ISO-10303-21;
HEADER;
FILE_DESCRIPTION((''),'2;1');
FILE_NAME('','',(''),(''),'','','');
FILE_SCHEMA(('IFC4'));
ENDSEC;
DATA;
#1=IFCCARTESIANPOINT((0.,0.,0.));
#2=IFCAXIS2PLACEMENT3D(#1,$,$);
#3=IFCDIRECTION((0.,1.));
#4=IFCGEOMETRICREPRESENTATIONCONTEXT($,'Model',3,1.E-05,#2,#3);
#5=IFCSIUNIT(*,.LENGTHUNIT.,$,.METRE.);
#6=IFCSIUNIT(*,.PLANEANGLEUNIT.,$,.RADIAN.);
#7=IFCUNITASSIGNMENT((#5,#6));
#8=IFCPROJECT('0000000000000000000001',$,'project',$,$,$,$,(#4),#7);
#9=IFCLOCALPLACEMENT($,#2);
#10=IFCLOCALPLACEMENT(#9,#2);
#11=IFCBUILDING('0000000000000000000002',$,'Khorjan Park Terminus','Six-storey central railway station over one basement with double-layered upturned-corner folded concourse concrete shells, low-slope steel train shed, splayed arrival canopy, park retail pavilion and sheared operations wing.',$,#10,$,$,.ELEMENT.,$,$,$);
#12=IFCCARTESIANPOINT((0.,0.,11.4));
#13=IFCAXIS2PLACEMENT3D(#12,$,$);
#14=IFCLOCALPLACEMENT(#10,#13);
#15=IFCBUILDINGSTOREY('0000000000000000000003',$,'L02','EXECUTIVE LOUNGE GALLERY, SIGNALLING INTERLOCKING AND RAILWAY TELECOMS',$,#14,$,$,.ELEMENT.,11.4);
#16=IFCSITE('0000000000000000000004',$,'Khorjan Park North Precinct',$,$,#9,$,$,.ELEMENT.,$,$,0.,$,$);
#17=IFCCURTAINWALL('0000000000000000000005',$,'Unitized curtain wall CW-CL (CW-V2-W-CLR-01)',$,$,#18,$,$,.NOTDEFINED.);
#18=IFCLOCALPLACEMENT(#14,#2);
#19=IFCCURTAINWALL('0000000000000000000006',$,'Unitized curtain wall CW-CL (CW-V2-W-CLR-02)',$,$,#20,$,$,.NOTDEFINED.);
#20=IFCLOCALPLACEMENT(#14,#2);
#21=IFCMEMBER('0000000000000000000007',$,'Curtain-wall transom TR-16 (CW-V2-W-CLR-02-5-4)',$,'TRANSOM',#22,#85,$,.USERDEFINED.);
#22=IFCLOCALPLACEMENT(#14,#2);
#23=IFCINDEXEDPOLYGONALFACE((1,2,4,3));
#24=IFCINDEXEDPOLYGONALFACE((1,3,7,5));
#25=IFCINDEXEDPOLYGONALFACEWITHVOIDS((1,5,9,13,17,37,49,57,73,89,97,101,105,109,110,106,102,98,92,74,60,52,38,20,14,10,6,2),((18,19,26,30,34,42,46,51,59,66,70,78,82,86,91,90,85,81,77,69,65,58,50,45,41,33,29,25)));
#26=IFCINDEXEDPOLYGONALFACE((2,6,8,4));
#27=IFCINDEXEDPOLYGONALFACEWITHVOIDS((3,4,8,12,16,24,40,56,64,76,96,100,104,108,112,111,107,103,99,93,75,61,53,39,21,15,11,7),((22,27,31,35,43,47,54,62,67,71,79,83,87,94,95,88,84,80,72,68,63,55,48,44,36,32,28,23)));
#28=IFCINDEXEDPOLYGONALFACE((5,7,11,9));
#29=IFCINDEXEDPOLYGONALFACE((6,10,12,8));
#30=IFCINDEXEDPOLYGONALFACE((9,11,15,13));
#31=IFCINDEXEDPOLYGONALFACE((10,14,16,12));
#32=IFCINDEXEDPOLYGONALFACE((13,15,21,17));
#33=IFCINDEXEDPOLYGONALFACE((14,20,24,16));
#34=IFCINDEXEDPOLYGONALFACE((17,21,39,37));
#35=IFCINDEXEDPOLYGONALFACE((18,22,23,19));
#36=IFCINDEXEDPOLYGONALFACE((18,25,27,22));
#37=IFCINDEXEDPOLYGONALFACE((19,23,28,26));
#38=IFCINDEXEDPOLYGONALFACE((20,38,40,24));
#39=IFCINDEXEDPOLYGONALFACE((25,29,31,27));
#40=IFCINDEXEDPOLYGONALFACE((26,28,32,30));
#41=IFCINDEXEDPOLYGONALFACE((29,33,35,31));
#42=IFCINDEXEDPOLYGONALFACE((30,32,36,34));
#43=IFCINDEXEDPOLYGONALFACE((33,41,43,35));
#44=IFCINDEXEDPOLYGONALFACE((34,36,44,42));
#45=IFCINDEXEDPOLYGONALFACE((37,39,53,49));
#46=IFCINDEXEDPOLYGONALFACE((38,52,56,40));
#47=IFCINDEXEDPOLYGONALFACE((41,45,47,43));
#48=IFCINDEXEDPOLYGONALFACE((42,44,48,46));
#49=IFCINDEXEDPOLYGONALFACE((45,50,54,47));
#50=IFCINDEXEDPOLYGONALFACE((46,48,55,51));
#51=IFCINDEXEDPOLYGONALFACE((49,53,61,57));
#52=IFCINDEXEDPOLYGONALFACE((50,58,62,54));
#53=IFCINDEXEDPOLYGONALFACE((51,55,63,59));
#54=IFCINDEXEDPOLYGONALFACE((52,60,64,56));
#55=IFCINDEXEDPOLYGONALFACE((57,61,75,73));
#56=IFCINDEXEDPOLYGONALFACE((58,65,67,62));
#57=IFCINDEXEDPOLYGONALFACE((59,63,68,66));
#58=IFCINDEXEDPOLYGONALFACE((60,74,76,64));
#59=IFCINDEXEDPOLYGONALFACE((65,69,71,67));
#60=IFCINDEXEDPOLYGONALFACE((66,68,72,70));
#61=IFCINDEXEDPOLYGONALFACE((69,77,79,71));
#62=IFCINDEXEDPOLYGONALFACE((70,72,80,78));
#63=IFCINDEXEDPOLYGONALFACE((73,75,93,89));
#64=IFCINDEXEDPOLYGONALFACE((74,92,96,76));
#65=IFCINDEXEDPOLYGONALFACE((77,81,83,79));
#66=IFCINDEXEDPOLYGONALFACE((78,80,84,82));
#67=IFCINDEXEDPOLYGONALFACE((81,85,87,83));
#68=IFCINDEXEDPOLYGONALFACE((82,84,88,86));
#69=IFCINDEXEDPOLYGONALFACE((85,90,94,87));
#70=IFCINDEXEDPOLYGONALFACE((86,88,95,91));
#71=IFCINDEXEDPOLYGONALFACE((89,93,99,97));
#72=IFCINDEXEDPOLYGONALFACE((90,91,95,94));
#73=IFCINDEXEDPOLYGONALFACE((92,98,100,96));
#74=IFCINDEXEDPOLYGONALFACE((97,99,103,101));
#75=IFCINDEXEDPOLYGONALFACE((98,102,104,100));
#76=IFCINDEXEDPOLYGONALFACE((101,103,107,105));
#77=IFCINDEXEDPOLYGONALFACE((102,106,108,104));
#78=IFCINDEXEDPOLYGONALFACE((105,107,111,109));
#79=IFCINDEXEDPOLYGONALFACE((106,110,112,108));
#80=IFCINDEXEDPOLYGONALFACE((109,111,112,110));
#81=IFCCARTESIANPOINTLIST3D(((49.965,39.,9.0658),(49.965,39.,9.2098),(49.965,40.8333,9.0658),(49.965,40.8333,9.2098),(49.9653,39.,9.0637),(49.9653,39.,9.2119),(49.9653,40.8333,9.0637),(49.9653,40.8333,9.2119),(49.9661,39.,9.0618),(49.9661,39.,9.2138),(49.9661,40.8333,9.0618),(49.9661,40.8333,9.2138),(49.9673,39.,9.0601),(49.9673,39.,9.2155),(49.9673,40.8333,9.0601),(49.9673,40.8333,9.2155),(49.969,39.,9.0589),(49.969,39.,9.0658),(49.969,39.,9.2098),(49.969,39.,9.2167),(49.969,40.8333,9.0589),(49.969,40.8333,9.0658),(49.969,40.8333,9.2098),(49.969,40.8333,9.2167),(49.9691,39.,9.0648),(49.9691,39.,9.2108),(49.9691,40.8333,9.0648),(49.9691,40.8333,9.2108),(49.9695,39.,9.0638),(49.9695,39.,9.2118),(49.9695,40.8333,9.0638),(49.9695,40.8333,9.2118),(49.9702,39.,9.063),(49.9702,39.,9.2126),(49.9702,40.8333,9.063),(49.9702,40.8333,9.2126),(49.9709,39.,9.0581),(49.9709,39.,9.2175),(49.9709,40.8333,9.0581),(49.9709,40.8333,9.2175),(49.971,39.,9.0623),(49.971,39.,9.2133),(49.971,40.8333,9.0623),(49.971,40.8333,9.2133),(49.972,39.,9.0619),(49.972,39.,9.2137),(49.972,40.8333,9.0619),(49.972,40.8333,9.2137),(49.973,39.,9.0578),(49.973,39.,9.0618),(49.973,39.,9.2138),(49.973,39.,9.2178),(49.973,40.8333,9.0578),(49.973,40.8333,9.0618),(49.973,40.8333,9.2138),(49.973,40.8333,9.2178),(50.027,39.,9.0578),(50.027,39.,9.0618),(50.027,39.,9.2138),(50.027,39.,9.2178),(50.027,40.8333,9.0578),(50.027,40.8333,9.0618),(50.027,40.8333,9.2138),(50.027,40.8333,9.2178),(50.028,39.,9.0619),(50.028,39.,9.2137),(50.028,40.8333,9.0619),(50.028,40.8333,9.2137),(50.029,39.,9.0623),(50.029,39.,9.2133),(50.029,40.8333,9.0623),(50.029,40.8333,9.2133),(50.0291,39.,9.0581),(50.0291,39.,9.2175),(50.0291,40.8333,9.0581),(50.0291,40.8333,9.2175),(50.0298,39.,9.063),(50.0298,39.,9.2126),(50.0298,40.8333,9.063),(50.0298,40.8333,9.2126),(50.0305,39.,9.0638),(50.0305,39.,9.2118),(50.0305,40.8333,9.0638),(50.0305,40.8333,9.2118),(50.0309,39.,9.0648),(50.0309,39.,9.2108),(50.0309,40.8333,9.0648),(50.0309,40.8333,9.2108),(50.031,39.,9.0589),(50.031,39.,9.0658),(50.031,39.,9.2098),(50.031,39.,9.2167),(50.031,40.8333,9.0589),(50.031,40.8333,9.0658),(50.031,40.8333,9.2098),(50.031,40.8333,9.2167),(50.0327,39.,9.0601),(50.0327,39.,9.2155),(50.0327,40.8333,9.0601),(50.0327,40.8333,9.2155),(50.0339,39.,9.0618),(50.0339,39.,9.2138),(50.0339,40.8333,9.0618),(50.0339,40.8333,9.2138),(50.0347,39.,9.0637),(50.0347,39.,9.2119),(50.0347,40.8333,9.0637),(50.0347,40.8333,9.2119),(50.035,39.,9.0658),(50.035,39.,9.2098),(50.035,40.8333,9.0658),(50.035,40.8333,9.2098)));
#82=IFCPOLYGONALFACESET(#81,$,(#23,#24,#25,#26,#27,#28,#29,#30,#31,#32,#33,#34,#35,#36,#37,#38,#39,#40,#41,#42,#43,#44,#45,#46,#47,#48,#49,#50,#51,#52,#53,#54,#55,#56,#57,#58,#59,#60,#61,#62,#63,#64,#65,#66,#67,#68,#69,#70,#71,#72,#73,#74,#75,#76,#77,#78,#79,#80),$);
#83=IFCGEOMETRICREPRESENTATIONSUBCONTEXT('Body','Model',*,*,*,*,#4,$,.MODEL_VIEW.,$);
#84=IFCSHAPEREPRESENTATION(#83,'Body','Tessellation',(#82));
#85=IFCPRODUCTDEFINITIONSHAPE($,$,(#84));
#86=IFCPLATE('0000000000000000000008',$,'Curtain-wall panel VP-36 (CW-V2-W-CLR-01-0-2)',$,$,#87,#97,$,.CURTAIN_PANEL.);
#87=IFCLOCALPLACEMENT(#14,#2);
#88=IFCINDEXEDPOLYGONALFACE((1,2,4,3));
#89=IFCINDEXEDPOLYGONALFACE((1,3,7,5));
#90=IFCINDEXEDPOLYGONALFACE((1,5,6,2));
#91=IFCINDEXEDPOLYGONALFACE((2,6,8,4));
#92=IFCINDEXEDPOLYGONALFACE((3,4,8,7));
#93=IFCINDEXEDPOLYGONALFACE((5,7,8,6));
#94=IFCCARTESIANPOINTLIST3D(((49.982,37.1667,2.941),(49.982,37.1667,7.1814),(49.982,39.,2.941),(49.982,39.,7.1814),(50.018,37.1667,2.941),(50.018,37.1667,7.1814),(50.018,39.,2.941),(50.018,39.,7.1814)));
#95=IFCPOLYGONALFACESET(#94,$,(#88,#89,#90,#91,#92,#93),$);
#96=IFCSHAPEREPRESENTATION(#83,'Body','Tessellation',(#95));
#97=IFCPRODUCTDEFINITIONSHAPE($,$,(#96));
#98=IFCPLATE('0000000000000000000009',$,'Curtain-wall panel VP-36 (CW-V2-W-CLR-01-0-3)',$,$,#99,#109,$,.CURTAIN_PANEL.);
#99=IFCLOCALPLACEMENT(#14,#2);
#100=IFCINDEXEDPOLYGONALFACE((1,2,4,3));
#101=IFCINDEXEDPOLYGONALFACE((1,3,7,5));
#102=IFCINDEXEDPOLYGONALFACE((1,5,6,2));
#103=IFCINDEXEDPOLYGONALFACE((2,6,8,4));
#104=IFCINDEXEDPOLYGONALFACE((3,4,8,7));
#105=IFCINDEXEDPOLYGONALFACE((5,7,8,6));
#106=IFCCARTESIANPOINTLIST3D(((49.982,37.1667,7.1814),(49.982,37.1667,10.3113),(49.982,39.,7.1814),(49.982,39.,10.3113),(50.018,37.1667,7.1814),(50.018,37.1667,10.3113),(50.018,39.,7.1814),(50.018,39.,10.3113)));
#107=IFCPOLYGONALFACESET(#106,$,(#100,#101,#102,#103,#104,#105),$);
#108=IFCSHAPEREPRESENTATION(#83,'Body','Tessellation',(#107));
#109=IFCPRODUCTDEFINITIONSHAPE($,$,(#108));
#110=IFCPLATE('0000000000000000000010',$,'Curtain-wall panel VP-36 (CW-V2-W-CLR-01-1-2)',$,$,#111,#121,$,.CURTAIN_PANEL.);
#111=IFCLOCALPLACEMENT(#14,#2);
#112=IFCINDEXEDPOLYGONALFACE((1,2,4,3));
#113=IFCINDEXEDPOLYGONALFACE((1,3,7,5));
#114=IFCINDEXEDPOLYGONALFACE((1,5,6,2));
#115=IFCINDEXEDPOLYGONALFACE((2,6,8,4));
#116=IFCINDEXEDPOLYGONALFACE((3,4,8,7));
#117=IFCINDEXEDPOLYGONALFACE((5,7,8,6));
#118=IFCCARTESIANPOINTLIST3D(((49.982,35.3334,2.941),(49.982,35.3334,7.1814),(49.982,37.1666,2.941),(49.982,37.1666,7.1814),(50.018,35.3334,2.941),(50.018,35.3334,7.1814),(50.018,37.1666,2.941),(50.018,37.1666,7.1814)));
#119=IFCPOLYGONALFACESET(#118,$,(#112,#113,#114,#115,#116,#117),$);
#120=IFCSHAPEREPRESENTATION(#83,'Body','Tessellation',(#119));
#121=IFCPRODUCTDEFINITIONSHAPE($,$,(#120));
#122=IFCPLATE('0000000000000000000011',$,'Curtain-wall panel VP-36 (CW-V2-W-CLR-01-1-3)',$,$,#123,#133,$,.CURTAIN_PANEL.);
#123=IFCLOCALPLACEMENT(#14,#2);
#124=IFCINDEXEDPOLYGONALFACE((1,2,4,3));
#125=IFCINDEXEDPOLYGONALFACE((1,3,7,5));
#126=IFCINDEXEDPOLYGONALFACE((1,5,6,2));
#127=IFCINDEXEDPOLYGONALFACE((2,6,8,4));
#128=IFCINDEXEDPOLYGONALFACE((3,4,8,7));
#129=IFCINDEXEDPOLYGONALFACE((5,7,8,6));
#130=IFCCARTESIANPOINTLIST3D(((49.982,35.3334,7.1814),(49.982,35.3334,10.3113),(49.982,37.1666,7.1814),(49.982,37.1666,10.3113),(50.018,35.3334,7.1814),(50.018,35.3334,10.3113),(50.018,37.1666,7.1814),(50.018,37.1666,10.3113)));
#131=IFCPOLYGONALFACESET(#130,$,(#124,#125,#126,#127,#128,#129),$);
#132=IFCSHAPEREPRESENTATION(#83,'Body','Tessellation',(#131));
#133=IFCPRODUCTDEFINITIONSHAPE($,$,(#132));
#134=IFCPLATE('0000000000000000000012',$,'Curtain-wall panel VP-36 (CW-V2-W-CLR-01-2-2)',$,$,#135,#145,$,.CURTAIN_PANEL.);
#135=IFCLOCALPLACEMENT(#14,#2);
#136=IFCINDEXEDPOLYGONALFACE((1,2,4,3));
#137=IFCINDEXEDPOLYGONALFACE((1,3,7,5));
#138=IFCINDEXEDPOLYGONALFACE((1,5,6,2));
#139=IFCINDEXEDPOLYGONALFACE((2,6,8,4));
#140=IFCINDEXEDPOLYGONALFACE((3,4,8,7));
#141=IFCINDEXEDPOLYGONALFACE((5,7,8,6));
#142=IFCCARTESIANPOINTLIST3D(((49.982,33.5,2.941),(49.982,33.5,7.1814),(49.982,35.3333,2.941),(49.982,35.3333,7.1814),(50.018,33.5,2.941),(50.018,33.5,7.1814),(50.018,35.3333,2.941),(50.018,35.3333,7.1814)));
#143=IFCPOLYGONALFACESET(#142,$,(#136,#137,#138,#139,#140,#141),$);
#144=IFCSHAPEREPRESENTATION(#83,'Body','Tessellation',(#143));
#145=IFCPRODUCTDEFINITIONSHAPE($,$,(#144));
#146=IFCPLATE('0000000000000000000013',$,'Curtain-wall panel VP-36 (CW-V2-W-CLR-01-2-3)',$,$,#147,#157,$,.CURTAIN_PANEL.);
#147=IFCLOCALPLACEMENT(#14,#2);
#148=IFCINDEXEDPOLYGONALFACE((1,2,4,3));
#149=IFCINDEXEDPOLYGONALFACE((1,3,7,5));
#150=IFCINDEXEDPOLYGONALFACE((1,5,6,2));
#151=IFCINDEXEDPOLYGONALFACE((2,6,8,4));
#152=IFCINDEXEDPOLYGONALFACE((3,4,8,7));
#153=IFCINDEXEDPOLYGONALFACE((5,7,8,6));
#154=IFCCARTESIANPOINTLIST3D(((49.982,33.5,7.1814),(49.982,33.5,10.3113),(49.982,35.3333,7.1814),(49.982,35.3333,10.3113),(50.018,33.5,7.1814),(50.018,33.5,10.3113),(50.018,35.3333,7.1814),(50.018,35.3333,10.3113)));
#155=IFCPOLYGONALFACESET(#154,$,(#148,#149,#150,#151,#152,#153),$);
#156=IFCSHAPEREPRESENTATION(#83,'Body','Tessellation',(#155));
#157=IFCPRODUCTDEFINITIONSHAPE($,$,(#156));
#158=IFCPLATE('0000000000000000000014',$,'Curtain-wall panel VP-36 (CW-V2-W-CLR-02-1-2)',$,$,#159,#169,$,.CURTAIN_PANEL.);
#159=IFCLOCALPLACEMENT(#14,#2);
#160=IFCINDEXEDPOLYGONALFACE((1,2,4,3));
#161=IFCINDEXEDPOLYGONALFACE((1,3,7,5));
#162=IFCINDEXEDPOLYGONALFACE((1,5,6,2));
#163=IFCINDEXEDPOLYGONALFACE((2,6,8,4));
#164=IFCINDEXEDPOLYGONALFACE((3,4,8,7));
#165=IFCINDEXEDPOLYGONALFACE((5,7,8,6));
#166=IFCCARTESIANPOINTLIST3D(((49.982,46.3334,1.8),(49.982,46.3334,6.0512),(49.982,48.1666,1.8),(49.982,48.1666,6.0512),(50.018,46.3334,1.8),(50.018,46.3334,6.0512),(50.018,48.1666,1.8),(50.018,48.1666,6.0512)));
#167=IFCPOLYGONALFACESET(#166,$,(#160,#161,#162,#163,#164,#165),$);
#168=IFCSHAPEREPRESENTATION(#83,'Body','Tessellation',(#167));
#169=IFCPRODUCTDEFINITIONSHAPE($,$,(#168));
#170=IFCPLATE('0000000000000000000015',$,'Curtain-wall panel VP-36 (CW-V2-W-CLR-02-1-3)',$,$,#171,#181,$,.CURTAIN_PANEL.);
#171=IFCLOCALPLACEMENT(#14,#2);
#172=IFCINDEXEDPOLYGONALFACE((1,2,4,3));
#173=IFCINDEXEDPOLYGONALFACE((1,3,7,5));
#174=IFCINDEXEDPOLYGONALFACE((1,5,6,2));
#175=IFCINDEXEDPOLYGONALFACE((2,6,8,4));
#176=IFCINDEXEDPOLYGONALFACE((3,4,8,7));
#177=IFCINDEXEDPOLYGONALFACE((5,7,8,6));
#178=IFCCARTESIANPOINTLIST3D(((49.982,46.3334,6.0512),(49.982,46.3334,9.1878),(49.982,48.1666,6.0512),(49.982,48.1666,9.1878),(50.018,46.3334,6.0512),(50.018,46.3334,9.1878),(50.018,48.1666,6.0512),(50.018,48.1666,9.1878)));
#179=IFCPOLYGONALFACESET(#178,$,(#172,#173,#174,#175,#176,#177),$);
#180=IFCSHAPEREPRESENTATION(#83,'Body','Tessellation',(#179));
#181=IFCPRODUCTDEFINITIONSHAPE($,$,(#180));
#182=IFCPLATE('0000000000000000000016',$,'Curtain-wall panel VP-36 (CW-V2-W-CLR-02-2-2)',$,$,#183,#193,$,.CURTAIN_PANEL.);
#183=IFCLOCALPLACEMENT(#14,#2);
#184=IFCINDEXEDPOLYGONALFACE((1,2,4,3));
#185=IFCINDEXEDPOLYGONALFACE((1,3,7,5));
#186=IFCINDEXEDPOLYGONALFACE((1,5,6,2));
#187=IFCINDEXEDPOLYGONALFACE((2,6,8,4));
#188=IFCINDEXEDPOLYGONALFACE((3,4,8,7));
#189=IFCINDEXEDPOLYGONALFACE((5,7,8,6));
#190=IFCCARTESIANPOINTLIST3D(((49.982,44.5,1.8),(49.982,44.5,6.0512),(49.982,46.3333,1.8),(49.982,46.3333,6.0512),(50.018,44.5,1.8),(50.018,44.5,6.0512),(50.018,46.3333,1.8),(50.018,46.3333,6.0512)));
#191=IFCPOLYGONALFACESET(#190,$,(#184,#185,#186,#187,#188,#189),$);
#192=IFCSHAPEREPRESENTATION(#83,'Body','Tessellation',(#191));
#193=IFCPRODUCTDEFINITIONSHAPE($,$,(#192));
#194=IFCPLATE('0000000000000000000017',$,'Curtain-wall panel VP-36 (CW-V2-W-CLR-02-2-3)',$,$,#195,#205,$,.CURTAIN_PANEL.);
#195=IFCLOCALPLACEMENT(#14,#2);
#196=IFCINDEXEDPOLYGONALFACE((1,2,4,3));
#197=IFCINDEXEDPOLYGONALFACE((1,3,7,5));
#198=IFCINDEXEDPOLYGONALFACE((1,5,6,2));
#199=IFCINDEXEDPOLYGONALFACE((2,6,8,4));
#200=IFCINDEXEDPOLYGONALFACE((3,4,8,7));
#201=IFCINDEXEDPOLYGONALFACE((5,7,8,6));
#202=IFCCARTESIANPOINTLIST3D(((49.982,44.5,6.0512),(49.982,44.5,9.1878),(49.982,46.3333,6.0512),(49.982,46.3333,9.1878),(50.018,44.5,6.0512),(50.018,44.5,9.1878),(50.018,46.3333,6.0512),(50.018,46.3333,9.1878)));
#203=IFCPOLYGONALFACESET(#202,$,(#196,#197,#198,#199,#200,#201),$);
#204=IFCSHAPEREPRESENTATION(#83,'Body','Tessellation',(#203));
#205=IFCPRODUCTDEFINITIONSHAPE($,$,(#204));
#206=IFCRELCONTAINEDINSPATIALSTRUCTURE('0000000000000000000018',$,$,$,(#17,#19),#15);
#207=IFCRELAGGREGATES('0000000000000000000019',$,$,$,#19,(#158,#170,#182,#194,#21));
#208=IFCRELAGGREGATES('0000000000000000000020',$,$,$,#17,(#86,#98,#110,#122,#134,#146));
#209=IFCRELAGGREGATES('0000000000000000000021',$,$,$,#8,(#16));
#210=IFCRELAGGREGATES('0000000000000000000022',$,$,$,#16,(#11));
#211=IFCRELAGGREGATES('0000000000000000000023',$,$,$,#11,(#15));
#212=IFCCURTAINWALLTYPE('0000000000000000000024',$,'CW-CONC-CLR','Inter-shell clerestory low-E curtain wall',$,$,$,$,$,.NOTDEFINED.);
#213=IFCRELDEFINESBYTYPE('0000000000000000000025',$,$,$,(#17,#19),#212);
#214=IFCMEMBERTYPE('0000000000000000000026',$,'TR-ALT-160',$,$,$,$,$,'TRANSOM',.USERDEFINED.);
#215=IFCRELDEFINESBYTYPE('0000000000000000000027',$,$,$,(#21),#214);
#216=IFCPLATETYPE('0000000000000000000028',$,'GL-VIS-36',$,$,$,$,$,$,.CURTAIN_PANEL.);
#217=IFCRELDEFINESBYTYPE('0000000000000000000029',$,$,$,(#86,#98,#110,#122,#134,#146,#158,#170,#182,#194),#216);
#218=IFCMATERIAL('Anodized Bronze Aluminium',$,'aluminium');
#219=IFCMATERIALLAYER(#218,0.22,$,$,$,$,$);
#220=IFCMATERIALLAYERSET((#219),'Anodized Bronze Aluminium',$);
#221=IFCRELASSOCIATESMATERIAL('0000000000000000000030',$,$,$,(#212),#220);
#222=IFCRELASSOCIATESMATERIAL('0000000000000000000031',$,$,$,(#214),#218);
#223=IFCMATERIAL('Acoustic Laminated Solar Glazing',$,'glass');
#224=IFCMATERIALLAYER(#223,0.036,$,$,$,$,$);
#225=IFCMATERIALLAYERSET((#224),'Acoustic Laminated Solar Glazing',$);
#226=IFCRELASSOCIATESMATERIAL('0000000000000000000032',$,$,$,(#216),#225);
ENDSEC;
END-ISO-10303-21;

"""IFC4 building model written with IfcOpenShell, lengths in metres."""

from ifc_helpers import new_model, si_unit, direction, frame, origin, origin_2d, place, context, subcontext, project, spatial, rectangle, hollow_rectangle, extrude, material, layer, layer_set, material_profile, profile_set, type_object, element, aggregate, save


model = new_model("IFC4")

# Units and contexts
model_context = context("Model", 3, precision=1e-05, world=origin(), true_north=direction((0.0, 1.0)))
body_context = subcontext(model_context, "Body", "Model", "MODEL_VIEW")
ifc_project = project(units=[si_unit("LENGTHUNIT", "METRE"), si_unit("PLANEANGLEUNIT", "RADIAN")], contexts=[model_context])

# Site, building, storey
site_placement = place(None, origin())
site = spatial("IfcSite", under=ifc_project, at=site_placement, Name="Khorjan Park North Precinct", CompositionType="ELEMENT", RefElevation=0.0)
building_placement = place(site_placement, origin())
building = spatial("IfcBuilding", under=site, at=building_placement, Name="Khorjan Park Terminus", Description="Six-storey central railway station over one basement with double-layered upturned-corner folded concourse concrete shells, low-slope steel train shed, splayed arrival canopy, park retail pavilion and sheared operations wing.", CompositionType="ELEMENT")
storey_placement = place(building_placement, frame((0.0, 0.0, 11.4)))
storey = spatial("IfcBuildingStorey", under=building, at=storey_placement, Name="L02", Description="EXECUTIVE LOUNGE GALLERY, SIGNALLING INTERLOCKING AND RAILWAY TELECOMS", CompositionType="ELEMENT", Elevation=11.4)

# Curtain walls, member
ifc_material_1 = material(Name="Anodized Bronze Aluminium", Category="aluminium")
ifc_layer_1 = layer(ifc_material_1, 0.22)
ifc_layer_set_1 = layer_set([ifc_layer_1], Name="Anodized Bronze Aluminium")
curtain_wall_type = type_object("IfcCurtainWallType", Name="CW-CONC-CLR", Description="Inter-shell clerestory low-E curtain wall", PredefinedType="NOTDEFINED", material=ifc_layer_set_1)
curtain_wall_1_placement = place(storey_placement, origin())
curtain_wall_1 = element("IfcCurtainWall", 1, at=curtain_wall_1_placement, inside=storey, type_object=curtain_wall_type, Name="Unitized curtain wall CW-CL (CW-V2-W-CLR-01)", PredefinedType="NOTDEFINED")
ifc_material_profile_1 = material_profile(ifc_material_1, hollow_rectangle(XDim=0.07, YDim=0.16, WallThickness=0.004, InnerFilletRadius=0.004, OuterFilletRadius=0.008, at=origin_2d()), Name="ALT 70x160x4")
ifc_profile_set_1 = profile_set([ifc_material_profile_1], Name="Anodized Bronze Aluminium")
member_type_1 = type_object("IfcMemberType", Name="TR-ALT-160", ElementType="TRANSOM", PredefinedType="USERDEFINED", material=ifc_profile_set_1)
curtain_wall_2_placement = place(storey_placement, origin())
curtain_wall_2 = element("IfcCurtainWall", 2, at=curtain_wall_2_placement, inside=storey, type_object=curtain_wall_type, Name="Unitized curtain wall CW-CL (CW-V2-W-CLR-02)", PredefinedType="NOTDEFINED")
member_1_placement = place(storey_placement, frame((50.0, 40.8333, 9.1378), z_axis=(0.0, -1.0, 0.0), x_axis=(1.0, 0.0, 0.0)))
member_1 = element("IfcMember", 3, at=member_1_placement, type_object=member_type_1, Name="Curtain-wall transom TR-16 (CW-V2-W-CLR-02-5-4)", ObjectType="TRANSOM", PredefinedType="USERDEFINED", context=body_context, shape_type="SweptSolid", body=[
    extrude(hollow_rectangle(XDim=0.07, YDim=0.16, WallThickness=0.004, InnerFilletRadius=0.004, OuterFilletRadius=0.008, at=origin_2d()), origin(), (0.0, 0.0, 1.0), 1.8333),
])

# Plates
ifc_material_2 = material(Name="Acoustic Laminated Solar Glazing", Category="glass")
ifc_layer_2 = layer(ifc_material_2, 0.036)
ifc_layer_set_2 = layer_set([ifc_layer_2], Name="Acoustic Laminated Solar Glazing")
plate_type_1 = type_object("IfcPlateType", Name="GL-VIS-36", PredefinedType="CURTAIN_PANEL", material=ifc_layer_set_2)
plate_1_placement = place(storey_placement, frame((50.0, 38.0833, 2.941), z_axis=(0.0, 0.0, 1.0), x_axis=(0.0, -1.0, 0.0)))
plate_1 = element("IfcPlate", 4, at=plate_1_placement, type_object=plate_type_1, Name="Curtain-wall panel VP-36 (CW-V2-W-CLR-01-0-2)", PredefinedType="CURTAIN_PANEL", context=body_context, shape_type="SweptSolid", body=[
    extrude(rectangle(XDim=1.8333, YDim=0.036, at=origin_2d()), origin(), (0.0, 0.0, 1.0), 4.2404),
])
plate_2_placement = place(storey_placement, frame((50.0, 38.0833, 7.1814), z_axis=(0.0, 0.0, 1.0), x_axis=(0.0, -1.0, 0.0)))
plate_2 = element("IfcPlate", 5, at=plate_2_placement, type_object=plate_type_1, Name="Curtain-wall panel VP-36 (CW-V2-W-CLR-01-0-3)", PredefinedType="CURTAIN_PANEL", context=body_context, shape_type="SweptSolid", body=[
    extrude(rectangle(XDim=1.8333, YDim=0.036, at=origin_2d()), origin(), (0.0, 0.0, 1.0), 3.1299),
])
plate_3_placement = place(storey_placement, frame((50.0, 36.25, 2.941), z_axis=(0.0, 0.0, 1.0), x_axis=(0.0, -1.0, 0.0)))
plate_3 = element("IfcPlate", 6, at=plate_3_placement, type_object=plate_type_1, Name="Curtain-wall panel VP-36 (CW-V2-W-CLR-01-1-2)", PredefinedType="CURTAIN_PANEL", context=body_context, shape_type="SweptSolid", body=[
    extrude(rectangle(XDim=1.8333, YDim=0.036, at=origin_2d()), origin(), (0.0, 0.0, 1.0), 4.2404),
])
plate_4_placement = place(storey_placement, frame((50.0, 36.25, 7.1814), z_axis=(0.0, 0.0, 1.0), x_axis=(0.0, -1.0, 0.0)))
plate_4 = element("IfcPlate", 7, at=plate_4_placement, type_object=plate_type_1, Name="Curtain-wall panel VP-36 (CW-V2-W-CLR-01-1-3)", PredefinedType="CURTAIN_PANEL", context=body_context, shape_type="SweptSolid", body=[
    extrude(rectangle(XDim=1.8333, YDim=0.036, at=origin_2d()), origin(), (0.0, 0.0, 1.0), 3.1299),
])
plate_5_placement = place(storey_placement, frame((50.0, 34.4167, 2.941), z_axis=(0.0, 0.0, 1.0), x_axis=(0.0, -1.0, 0.0)))
plate_5 = element("IfcPlate", 8, at=plate_5_placement, type_object=plate_type_1, Name="Curtain-wall panel VP-36 (CW-V2-W-CLR-01-2-2)", PredefinedType="CURTAIN_PANEL", context=body_context, shape_type="SweptSolid", body=[
    extrude(rectangle(XDim=1.8333, YDim=0.036, at=origin_2d()), origin(), (0.0, 0.0, 1.0), 4.2404),
])
plate_6_placement = place(storey_placement, frame((50.0, 34.4167, 7.1814), z_axis=(0.0, 0.0, 1.0), x_axis=(0.0, -1.0, 0.0)))
plate_6 = element("IfcPlate", 9, at=plate_6_placement, type_object=plate_type_1, Name="Curtain-wall panel VP-36 (CW-V2-W-CLR-01-2-3)", PredefinedType="CURTAIN_PANEL", context=body_context, shape_type="SweptSolid", body=[
    extrude(rectangle(XDim=1.8333, YDim=0.036, at=origin_2d()), origin(), (0.0, 0.0, 1.0), 3.1299),
])
plate_7_placement = place(storey_placement, frame((50.0, 47.25, 1.8), z_axis=(0.0, 0.0, 1.0), x_axis=(0.0, -1.0, 0.0)))
plate_7 = element("IfcPlate", 10, at=plate_7_placement, type_object=plate_type_1, Name="Curtain-wall panel VP-36 (CW-V2-W-CLR-02-1-2)", PredefinedType="CURTAIN_PANEL", context=body_context, shape_type="SweptSolid", body=[
    extrude(rectangle(XDim=1.8333, YDim=0.036, at=origin_2d()), origin(), (0.0, 0.0, 1.0), 4.2512),
])
plate_8_placement = place(storey_placement, frame((50.0, 47.25, 6.0512), z_axis=(0.0, 0.0, 1.0), x_axis=(0.0, -1.0, 0.0)))
plate_8 = element("IfcPlate", 11, at=plate_8_placement, type_object=plate_type_1, Name="Curtain-wall panel VP-36 (CW-V2-W-CLR-02-1-3)", PredefinedType="CURTAIN_PANEL", context=body_context, shape_type="SweptSolid", body=[
    extrude(rectangle(XDim=1.8333, YDim=0.036, at=origin_2d()), origin(), (0.0, 0.0, 1.0), 3.1366),
])
plate_9_placement = place(storey_placement, frame((50.0, 45.4167, 1.8), z_axis=(0.0, 0.0, 1.0), x_axis=(0.0, -1.0, 0.0)))
plate_9 = element("IfcPlate", 12, at=plate_9_placement, type_object=plate_type_1, Name="Curtain-wall panel VP-36 (CW-V2-W-CLR-02-2-2)", PredefinedType="CURTAIN_PANEL", context=body_context, shape_type="SweptSolid", body=[
    extrude(rectangle(XDim=1.8333, YDim=0.036, at=origin_2d()), origin(), (0.0, 0.0, 1.0), 4.2512),
])
plate_10_placement = place(storey_placement, frame((50.0, 45.4167, 6.0512), z_axis=(0.0, 0.0, 1.0), x_axis=(0.0, -1.0, 0.0)))
plate_10 = element("IfcPlate", 13, at=plate_10_placement, type_object=plate_type_1, Name="Curtain-wall panel VP-36 (CW-V2-W-CLR-02-2-3)", PredefinedType="CURTAIN_PANEL", context=body_context, shape_type="SweptSolid", body=[
    extrude(rectangle(XDim=1.8333, YDim=0.036, at=origin_2d()), origin(), (0.0, 0.0, 1.0), 3.1366),
])
aggregate(curtain_wall_2, [plate_7, plate_8, plate_9, plate_10, member_1])
aggregate(curtain_wall_1, [plate_1, plate_2, plate_3, plate_4, plate_5, plate_6])

save(model, "model.ifc")
